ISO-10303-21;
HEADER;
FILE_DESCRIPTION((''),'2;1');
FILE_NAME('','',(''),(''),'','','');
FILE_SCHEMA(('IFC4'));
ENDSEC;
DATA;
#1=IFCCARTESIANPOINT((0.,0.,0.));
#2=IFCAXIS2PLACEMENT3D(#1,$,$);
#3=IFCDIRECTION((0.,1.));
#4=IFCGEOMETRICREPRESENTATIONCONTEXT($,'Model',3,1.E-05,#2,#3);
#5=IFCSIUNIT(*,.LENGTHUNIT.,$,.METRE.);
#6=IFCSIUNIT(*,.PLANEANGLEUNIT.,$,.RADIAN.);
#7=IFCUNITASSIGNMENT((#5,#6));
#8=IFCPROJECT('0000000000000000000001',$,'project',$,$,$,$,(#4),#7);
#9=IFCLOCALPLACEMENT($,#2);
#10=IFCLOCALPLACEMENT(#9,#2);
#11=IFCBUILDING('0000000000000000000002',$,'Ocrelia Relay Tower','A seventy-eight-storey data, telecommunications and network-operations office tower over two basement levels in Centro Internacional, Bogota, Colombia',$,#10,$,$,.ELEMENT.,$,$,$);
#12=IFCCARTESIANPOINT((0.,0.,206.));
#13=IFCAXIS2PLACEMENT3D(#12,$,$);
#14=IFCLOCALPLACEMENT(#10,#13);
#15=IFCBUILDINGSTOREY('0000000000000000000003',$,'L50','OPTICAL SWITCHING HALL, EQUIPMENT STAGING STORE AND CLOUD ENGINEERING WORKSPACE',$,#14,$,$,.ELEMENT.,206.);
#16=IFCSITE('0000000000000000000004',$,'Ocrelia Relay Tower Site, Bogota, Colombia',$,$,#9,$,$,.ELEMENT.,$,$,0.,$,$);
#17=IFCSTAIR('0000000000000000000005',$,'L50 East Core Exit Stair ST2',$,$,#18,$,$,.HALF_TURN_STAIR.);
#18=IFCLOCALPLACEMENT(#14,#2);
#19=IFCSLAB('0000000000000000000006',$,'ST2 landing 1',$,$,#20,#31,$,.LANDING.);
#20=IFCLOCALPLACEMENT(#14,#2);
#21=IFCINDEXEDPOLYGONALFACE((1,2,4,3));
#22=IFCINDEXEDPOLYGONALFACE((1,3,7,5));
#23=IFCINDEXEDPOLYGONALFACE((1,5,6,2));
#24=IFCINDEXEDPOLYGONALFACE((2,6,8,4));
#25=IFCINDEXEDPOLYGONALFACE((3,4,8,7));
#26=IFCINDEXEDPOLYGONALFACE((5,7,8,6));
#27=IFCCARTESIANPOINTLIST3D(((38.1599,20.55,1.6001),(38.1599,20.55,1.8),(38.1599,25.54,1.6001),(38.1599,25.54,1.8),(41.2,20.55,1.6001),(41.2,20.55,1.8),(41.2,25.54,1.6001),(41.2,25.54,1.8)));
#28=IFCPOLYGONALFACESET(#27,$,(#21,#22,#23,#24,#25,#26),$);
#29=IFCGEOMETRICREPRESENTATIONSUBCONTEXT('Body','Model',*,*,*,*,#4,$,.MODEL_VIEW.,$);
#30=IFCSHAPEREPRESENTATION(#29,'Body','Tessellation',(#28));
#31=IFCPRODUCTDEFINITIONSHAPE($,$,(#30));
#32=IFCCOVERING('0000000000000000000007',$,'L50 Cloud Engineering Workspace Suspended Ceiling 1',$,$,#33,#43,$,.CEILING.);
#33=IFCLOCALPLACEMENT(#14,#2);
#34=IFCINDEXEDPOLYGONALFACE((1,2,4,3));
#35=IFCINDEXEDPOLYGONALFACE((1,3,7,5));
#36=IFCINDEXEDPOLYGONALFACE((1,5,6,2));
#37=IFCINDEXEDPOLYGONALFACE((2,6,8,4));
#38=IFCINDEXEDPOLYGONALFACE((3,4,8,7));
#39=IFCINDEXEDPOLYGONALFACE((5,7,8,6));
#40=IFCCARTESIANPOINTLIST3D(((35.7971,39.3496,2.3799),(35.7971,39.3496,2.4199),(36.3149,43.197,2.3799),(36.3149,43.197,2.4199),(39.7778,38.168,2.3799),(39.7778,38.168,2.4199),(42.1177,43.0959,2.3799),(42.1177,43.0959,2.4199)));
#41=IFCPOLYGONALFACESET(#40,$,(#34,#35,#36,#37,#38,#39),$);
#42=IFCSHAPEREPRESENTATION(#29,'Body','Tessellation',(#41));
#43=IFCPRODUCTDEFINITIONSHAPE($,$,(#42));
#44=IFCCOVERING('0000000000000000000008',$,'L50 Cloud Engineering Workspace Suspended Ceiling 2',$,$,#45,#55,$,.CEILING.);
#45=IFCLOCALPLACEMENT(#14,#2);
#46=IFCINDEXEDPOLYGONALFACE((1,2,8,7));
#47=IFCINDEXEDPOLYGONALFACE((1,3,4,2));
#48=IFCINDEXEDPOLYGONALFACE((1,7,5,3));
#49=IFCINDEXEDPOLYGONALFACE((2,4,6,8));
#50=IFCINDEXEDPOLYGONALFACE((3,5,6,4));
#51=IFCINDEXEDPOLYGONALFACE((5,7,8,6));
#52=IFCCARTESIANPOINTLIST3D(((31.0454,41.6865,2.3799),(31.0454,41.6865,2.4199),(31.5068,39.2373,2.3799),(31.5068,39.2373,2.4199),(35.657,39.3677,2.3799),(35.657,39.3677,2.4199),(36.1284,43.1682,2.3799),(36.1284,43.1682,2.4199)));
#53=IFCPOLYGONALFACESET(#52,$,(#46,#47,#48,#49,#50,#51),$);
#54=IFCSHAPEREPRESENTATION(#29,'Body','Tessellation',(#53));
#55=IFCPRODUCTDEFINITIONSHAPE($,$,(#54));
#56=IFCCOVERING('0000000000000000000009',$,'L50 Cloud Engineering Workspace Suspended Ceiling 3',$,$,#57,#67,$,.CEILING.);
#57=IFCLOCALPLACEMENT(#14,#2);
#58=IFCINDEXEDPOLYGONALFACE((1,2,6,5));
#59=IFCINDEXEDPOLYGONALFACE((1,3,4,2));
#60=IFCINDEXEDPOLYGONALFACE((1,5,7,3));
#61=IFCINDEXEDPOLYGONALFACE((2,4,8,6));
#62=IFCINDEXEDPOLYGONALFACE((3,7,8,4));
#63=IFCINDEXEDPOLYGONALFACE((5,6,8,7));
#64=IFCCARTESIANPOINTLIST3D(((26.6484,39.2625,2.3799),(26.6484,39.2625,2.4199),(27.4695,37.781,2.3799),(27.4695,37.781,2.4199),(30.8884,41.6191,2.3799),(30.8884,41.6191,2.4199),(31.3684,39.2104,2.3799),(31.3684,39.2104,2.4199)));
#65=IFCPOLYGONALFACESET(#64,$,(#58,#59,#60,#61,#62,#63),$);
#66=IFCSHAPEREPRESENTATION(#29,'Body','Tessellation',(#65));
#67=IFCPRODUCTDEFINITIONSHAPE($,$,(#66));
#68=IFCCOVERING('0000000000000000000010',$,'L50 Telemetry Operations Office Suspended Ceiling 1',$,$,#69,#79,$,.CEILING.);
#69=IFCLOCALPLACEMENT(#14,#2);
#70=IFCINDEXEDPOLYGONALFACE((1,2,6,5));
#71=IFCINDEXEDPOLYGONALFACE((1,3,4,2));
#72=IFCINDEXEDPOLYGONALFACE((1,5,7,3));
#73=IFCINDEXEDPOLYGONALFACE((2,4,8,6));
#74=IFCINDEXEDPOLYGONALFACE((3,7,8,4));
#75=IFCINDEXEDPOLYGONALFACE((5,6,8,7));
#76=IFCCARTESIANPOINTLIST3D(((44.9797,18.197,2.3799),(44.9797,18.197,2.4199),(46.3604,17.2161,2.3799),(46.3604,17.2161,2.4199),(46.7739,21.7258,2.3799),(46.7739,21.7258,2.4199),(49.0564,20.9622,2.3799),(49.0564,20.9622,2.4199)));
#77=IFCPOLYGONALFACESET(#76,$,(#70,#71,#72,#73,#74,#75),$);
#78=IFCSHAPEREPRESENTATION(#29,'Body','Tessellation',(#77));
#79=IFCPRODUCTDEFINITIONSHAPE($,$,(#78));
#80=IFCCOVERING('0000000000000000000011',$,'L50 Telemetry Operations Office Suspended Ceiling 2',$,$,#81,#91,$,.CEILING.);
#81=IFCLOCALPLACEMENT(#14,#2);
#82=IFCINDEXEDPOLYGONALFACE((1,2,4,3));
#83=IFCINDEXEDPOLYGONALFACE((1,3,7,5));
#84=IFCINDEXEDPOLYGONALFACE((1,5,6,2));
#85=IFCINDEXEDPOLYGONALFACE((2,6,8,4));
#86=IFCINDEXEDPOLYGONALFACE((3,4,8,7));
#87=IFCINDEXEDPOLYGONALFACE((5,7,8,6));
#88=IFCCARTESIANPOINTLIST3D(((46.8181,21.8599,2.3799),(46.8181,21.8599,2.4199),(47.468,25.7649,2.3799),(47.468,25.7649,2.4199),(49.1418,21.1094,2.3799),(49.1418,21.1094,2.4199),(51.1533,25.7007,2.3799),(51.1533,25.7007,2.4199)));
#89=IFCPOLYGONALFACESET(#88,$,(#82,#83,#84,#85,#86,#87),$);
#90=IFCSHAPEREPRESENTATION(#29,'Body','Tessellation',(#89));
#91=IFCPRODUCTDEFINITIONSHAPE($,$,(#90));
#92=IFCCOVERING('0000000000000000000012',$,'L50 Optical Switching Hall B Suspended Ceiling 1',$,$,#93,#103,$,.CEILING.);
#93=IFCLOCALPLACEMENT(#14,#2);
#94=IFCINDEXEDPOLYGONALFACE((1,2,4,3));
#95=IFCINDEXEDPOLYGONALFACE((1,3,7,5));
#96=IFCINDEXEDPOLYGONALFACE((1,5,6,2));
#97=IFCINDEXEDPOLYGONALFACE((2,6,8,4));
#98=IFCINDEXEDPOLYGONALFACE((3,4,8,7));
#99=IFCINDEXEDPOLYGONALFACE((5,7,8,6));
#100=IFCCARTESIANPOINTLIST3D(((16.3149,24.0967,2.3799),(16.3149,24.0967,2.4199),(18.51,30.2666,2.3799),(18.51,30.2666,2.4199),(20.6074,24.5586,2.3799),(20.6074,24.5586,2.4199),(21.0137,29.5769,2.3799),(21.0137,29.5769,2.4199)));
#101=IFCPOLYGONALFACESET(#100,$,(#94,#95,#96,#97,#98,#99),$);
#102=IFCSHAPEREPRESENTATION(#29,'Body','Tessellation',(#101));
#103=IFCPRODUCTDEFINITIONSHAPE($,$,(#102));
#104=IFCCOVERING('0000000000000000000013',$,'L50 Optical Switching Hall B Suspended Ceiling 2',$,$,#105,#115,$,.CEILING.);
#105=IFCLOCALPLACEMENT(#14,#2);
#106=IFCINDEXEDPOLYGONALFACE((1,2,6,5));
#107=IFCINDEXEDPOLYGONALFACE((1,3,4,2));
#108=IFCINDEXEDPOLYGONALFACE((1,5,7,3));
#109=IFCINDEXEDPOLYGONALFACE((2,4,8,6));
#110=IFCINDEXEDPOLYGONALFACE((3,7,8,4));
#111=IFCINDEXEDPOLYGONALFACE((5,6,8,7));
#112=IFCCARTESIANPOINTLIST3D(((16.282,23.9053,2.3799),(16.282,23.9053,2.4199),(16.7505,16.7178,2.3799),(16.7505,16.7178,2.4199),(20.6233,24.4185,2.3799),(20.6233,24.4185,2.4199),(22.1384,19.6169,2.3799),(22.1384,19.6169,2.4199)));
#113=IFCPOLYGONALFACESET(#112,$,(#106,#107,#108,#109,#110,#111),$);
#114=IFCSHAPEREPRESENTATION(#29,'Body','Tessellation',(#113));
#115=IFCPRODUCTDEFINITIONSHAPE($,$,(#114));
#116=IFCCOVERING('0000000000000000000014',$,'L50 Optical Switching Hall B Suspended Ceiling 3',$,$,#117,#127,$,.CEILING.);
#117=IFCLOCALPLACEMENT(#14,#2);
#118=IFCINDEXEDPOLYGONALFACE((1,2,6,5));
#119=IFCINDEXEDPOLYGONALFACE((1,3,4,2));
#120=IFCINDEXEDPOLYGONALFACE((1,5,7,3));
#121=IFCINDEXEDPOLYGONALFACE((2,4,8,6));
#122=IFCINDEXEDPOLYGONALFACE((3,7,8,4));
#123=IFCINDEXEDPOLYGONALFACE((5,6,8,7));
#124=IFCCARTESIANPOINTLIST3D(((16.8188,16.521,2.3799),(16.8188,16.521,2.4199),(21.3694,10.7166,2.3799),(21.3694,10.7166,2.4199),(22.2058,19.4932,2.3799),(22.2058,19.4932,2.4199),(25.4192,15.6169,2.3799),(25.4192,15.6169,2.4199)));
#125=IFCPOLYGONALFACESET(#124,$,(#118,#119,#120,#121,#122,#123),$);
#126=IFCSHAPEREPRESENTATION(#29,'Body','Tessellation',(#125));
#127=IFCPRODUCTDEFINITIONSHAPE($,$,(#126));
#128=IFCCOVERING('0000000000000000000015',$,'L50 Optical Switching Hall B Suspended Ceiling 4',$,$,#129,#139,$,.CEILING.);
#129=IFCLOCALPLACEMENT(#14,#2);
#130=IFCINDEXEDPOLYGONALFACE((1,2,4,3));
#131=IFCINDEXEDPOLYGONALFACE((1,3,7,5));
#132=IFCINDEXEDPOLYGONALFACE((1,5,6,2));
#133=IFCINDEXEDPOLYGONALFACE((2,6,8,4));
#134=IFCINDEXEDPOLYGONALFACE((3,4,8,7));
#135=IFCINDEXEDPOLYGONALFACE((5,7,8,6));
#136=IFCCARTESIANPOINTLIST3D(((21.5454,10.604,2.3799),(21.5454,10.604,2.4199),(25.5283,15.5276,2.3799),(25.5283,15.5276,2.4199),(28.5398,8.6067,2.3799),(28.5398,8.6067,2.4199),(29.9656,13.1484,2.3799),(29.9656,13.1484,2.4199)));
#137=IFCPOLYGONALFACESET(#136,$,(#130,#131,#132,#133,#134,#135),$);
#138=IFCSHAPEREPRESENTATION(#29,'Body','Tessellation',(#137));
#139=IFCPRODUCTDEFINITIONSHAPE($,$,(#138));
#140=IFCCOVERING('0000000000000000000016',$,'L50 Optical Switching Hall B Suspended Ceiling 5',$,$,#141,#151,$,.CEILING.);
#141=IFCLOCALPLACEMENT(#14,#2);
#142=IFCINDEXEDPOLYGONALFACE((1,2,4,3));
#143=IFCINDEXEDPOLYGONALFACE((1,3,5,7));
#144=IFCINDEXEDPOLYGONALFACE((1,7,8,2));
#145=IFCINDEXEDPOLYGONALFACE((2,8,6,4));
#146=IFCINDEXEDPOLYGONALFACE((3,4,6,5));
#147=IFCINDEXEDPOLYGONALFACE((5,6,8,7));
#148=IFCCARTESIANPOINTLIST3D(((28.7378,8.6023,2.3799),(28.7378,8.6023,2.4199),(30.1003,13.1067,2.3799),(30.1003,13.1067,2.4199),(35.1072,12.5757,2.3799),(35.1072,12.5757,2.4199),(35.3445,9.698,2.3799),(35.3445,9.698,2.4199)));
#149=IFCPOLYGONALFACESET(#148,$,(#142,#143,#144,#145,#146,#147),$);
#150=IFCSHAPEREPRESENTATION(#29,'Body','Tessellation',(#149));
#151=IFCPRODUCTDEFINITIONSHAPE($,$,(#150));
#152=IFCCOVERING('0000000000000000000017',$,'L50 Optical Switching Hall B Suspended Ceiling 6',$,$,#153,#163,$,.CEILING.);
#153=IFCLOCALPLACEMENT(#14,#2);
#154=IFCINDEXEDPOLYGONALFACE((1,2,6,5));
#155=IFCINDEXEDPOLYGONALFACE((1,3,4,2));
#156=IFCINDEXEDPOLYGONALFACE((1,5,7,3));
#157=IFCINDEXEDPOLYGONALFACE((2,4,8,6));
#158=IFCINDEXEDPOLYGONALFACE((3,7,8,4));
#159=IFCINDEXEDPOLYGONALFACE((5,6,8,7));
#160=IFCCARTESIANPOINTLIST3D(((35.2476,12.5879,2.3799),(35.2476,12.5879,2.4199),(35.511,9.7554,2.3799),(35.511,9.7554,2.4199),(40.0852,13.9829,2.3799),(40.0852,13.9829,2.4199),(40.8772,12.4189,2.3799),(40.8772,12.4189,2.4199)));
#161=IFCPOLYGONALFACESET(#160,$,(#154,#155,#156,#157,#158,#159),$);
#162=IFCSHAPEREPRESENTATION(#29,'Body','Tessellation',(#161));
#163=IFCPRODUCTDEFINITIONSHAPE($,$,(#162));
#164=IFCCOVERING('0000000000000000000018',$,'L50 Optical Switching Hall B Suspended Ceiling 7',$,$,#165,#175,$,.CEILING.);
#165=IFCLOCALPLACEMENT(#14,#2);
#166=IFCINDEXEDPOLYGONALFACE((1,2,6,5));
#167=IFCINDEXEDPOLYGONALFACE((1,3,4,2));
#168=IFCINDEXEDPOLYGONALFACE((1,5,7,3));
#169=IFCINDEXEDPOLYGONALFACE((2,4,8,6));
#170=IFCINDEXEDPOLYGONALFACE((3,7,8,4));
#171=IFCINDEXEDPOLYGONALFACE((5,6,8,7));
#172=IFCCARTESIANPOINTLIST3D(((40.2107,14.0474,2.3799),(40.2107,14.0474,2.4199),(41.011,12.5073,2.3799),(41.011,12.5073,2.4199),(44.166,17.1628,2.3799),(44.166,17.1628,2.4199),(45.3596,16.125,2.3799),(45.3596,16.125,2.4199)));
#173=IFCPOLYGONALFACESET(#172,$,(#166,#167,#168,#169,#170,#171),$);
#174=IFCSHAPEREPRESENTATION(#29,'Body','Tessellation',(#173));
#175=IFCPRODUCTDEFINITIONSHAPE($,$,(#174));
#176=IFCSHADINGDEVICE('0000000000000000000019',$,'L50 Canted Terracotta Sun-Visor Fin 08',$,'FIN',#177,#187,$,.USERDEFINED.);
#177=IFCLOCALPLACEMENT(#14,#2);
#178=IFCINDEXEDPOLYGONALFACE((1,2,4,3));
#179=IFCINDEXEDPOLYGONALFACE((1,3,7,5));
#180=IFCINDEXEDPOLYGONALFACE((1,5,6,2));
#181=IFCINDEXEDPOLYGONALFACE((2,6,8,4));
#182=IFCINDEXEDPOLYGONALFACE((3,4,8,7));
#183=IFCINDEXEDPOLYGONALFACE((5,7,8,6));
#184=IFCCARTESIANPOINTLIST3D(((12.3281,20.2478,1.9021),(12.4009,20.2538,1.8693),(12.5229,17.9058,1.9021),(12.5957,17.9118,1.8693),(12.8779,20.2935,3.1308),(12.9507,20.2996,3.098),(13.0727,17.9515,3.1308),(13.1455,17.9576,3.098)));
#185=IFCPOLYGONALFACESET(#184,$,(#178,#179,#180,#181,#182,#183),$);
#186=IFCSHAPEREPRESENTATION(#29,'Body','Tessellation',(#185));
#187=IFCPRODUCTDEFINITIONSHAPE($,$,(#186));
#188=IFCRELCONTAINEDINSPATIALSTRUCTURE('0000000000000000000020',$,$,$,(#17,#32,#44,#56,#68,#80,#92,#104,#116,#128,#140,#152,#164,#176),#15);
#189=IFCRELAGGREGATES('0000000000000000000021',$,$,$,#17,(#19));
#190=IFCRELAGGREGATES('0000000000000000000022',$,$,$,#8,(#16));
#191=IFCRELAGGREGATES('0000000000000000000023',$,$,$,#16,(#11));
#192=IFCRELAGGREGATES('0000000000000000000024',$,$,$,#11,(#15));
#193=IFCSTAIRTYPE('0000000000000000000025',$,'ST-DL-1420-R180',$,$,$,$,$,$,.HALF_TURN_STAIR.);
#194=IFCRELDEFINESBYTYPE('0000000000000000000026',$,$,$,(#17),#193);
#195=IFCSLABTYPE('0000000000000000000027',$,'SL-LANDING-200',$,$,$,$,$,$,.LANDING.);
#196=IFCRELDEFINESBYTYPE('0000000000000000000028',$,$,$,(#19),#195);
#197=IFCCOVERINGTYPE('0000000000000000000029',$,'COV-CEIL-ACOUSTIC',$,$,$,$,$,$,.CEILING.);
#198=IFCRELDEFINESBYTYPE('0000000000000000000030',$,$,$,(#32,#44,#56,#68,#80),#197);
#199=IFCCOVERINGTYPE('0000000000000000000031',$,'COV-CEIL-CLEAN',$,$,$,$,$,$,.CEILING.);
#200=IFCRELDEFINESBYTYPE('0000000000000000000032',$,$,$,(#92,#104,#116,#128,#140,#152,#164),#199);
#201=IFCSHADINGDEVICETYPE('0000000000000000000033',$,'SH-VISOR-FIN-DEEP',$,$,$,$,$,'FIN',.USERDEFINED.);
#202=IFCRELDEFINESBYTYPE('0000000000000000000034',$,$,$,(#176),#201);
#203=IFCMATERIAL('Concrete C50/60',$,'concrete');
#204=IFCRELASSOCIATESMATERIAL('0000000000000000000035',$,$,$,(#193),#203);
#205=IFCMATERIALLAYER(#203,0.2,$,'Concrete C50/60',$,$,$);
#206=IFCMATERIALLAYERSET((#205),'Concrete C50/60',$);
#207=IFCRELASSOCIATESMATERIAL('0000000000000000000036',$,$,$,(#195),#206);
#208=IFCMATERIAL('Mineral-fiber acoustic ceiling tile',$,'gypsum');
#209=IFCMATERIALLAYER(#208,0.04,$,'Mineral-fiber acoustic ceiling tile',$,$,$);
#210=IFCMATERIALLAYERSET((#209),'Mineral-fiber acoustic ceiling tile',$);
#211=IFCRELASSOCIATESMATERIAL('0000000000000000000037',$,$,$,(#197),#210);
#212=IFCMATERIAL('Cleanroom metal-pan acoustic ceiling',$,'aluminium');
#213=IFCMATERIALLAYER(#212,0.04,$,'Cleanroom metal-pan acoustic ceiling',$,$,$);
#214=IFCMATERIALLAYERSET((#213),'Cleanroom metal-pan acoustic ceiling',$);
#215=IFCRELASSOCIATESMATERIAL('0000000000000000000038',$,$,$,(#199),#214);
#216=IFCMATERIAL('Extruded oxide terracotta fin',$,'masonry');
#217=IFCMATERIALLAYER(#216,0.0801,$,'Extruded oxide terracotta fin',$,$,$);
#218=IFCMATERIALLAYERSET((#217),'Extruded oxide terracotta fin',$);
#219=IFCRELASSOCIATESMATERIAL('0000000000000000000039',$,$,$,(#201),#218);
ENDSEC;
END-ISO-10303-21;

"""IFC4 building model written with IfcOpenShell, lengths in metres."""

from ifc_helpers import new_model, si_unit, direction, frame, origin, origin_2d, place, context, subcontext, project, spatial, polyline, rectangle, outline, extrude, material, layer, layer_set, type_object, element, aggregate, save


model = new_model("IFC4")

# Units and contexts
model_context = context("Model", 3, precision=1e-05, world=origin(), true_north=direction((0.0, 1.0)))
body_context = subcontext(model_context, "Body", "Model", "MODEL_VIEW")
ifc_project = project(units=[si_unit("LENGTHUNIT", "METRE"), si_unit("PLANEANGLEUNIT", "RADIAN")], contexts=[model_context])

# Site, building, storey
site_placement = place(None, origin())
site = spatial("IfcSite", under=ifc_project, at=site_placement, Name="Ocrelia Relay Tower Site, Bogota, Colombia", CompositionType="ELEMENT", RefElevation=0.0)
building_placement = place(site_placement, origin())
building = spatial("IfcBuilding", under=site, at=building_placement, Name="Ocrelia Relay Tower", Description="A seventy-eight-storey data, telecommunications and network-operations office tower over two basement levels in Centro Internacional, Bogota, Colombia", CompositionType="ELEMENT")
storey_placement = place(building_placement, frame((0.0, 0.0, 206.0)))
storey = spatial("IfcBuildingStorey", under=building, at=storey_placement, Name="L50", Description="OPTICAL SWITCHING HALL, EQUIPMENT STAGING STORE AND CLOUD ENGINEERING WORKSPACE", CompositionType="ELEMENT", Elevation=206.0)

# Shared definitions
ifc_material_1 = material(Name="Concrete C50/60", Category="concrete")

# Stair, slab
stair_type = type_object("IfcStairType", Name="ST-DL-1420-R180", PredefinedType="HALF_TURN_STAIR", material=ifc_material_1)
ifc_layer_1 = layer(ifc_material_1, 0.2, Name="Concrete C50/60")
ifc_layer_set_1 = layer_set([ifc_layer_1], Name="Concrete C50/60")
slab_type_1 = type_object("IfcSlabType", Name="SL-LANDING-200", PredefinedType="LANDING", material=ifc_layer_set_1)
stair_1_placement = place(storey_placement, origin())
stair_1 = element("IfcStair", 1, at=stair_1_placement, inside=storey, type_object=stair_type, Name="L50 East Core Exit Stair ST2", PredefinedType="HALF_TURN_STAIR")
slab_1_placement = place(storey_placement, frame((0.0, 0.0, 1.6001)))
slab_1 = element("IfcSlab", 2, at=slab_1_placement, type_object=slab_type_1, Name="ST2 landing 1", PredefinedType="LANDING", context=body_context, shape_type="SweptSolid", body=[
    extrude(outline(polyline([(38.1599, 25.54), (38.1599, 20.55), (41.2, 20.55), (41.2, 25.54), (38.1599, 25.54)])), origin(), (0.0, 0.0, 1.0), 0.2),
])
aggregate(stair_1, [slab_1])

# Coverings
ifc_material_2 = material(Name="Mineral-fiber acoustic ceiling tile", Category="gypsum")
ifc_layer_2 = layer(ifc_material_2, 0.04, Name="Mineral-fiber acoustic ceiling tile")
ifc_layer_set_2 = layer_set([ifc_layer_2], Name="Mineral-fiber acoustic ceiling tile")
covering_type_1 = type_object("IfcCoveringType", Name="COV-CEIL-ACOUSTIC", PredefinedType="CEILING", material=ifc_layer_set_2)
covering_1_placement = place(storey_placement, frame((0.0, 0.0, 2.3799)))
element("IfcCovering", 3, at=covering_1_placement, inside=storey, type_object=covering_type_1, Name="L50 Cloud Engineering Workspace Suspended Ceiling 1", PredefinedType="CEILING", context=body_context, shape_type="SweptSolid", body=[
    extrude(outline(polyline([(39.7778, 38.168), (42.1177, 43.0959), (36.3149, 43.197), (35.7971, 39.3496), (39.7778, 38.168)])), origin(), (0.0, 0.0, 1.0), 0.04),
])
covering_2_placement = place(storey_placement, frame((0.0, 0.0, 2.3799)))
element("IfcCovering", 4, at=covering_2_placement, inside=storey, type_object=covering_type_1, Name="L50 Cloud Engineering Workspace Suspended Ceiling 2", PredefinedType="CEILING", context=body_context, shape_type="SweptSolid", body=[
    extrude(outline(polyline([(35.657, 39.3677), (36.1284, 43.1682), (31.0454, 41.6865), (31.5068, 39.2373), (35.657, 39.3677)])), origin(), (0.0, 0.0, 1.0), 0.04),
])
covering_3_placement = place(storey_placement, frame((0.0, 0.0, 2.3799)))
element("IfcCovering", 5, at=covering_3_placement, inside=storey, type_object=covering_type_1, Name="L50 Cloud Engineering Workspace Suspended Ceiling 3", PredefinedType="CEILING", context=body_context, shape_type="SweptSolid", body=[
    extrude(outline(polyline([(31.3684, 39.2104), (30.8884, 41.6191), (26.6484, 39.2625), (27.4695, 37.781), (31.3684, 39.2104)])), origin(), (0.0, 0.0, 1.0), 0.04),
])
covering_4_placement = place(storey_placement, frame((0.0, 0.0, 2.3799)))
element("IfcCovering", 6, at=covering_4_placement, inside=storey, type_object=covering_type_1, Name="L50 Telemetry Operations Office Suspended Ceiling 1", PredefinedType="CEILING", context=body_context, shape_type="SweptSolid", body=[
    extrude(outline(polyline([(44.9797, 18.197), (46.3604, 17.2161), (49.0564, 20.9622), (46.7739, 21.7258), (44.9797, 18.197)])), origin(), (0.0, 0.0, 1.0), 0.04),
])
covering_5_placement = place(storey_placement, frame((0.0, 0.0, 2.3799)))
element("IfcCovering", 7, at=covering_5_placement, inside=storey, type_object=covering_type_1, Name="L50 Telemetry Operations Office Suspended Ceiling 2", PredefinedType="CEILING", context=body_context, shape_type="SweptSolid", body=[
    extrude(outline(polyline([(46.8181, 21.8599), (49.1418, 21.1094), (51.1533, 25.7007), (47.468, 25.7649), (46.8181, 21.8599)])), origin(), (0.0, 0.0, 1.0), 0.04),
])
ifc_material_3 = material(Name="Cleanroom metal-pan acoustic ceiling", Category="aluminium")
ifc_layer_3 = layer(ifc_material_3, 0.04, Name="Cleanroom metal-pan acoustic ceiling")
ifc_layer_set_3 = layer_set([ifc_layer_3], Name="Cleanroom metal-pan acoustic ceiling")
covering_type_2 = type_object("IfcCoveringType", Name="COV-CEIL-CLEAN", PredefinedType="CEILING", material=ifc_layer_set_3)
covering_6_placement = place(storey_placement, frame((0.0, 0.0, 2.3799)))
element("IfcCovering", 8, at=covering_6_placement, inside=storey, type_object=covering_type_2, Name="L50 Optical Switching Hall B Suspended Ceiling 1", PredefinedType="CEILING", context=body_context, shape_type="SweptSolid", body=[
    extrude(outline(polyline([(21.0137, 29.5769), (18.51, 30.2666), (16.3149, 24.0967), (20.6074, 24.5586), (21.0137, 29.5769)])), origin(), (0.0, 0.0, 1.0), 0.04),
])
covering_7_placement = place(storey_placement, frame((0.0, 0.0, 2.3799)))
element("IfcCovering", 9, at=covering_7_placement, inside=storey, type_object=covering_type_2, Name="L50 Optical Switching Hall B Suspended Ceiling 2", PredefinedType="CEILING", context=body_context, shape_type="SweptSolid", body=[
    extrude(outline(polyline([(20.6233, 24.4185), (16.282, 23.9053), (16.7505, 16.7178), (22.1384, 19.6169), (20.6233, 24.4185)])), origin(), (0.0, 0.0, 1.0), 0.04),
])
covering_8_placement = place(storey_placement, frame((0.0, 0.0, 2.3799)))
element("IfcCovering", 10, at=covering_8_placement, inside=storey, type_object=covering_type_2, Name="L50 Optical Switching Hall B Suspended Ceiling 3", PredefinedType="CEILING", context=body_context, shape_type="SweptSolid", body=[
    extrude(outline(polyline([(22.2058, 19.4932), (16.8188, 16.521), (21.3694, 10.7166), (25.4192, 15.6169), (22.2058, 19.4932)])), origin(), (0.0, 0.0, 1.0), 0.04),
])
covering_9_placement = place(storey_placement, frame((0.0, 0.0, 2.3799)))
element("IfcCovering", 11, at=covering_9_placement, inside=storey, type_object=covering_type_2, Name="L50 Optical Switching Hall B Suspended Ceiling 4", PredefinedType="CEILING", context=body_context, shape_type="SweptSolid", body=[
    extrude(outline(polyline([(25.5283, 15.5276), (21.5454, 10.604), (28.5398, 8.6067), (29.9656, 13.1484), (25.5283, 15.5276)])), origin(), (0.0, 0.0, 1.0), 0.04),
])
covering_10_placement = place(storey_placement, frame((0.0, 0.0, 2.3799)))
element("IfcCovering", 12, at=covering_10_placement, inside=storey, type_object=covering_type_2, Name="L50 Optical Switching Hall B Suspended Ceiling 5", PredefinedType="CEILING", context=body_context, shape_type="SweptSolid", body=[
    extrude(outline(polyline([(30.1003, 13.1067), (28.7378, 8.6023), (35.3445, 9.698), (35.1072, 12.5757), (30.1003, 13.1067)])), origin(), (0.0, 0.0, 1.0), 0.04),
])
covering_11_placement = place(storey_placement, frame((0.0, 0.0, 2.3799)))
element("IfcCovering", 13, at=covering_11_placement, inside=storey, type_object=covering_type_2, Name="L50 Optical Switching Hall B Suspended Ceiling 6", PredefinedType="CEILING", context=body_context, shape_type="SweptSolid", body=[
    extrude(outline(polyline([(35.2476, 12.5879), (35.511, 9.7554), (40.8772, 12.4189), (40.0852, 13.9829), (35.2476, 12.5879)])), origin(), (0.0, 0.0, 1.0), 0.04),
])
covering_12_placement = place(storey_placement, frame((0.0, 0.0, 2.3799)))
element("IfcCovering", 14, at=covering_12_placement, inside=storey, type_object=covering_type_2, Name="L50 Optical Switching Hall B Suspended Ceiling 7", PredefinedType="CEILING", context=body_context, shape_type="SweptSolid", body=[
    extrude(outline(polyline([(40.2107, 14.0474), (41.011, 12.5073), (45.3596, 16.125), (44.166, 17.1628), (40.2107, 14.0474)])), origin(), (0.0, 0.0, 1.0), 0.04),
])

# Shading device
ifc_material_4 = material(Name="Extruded oxide terracotta fin", Category="masonry")
ifc_layer_4 = layer(ifc_material_4, 0.0801, Name="Extruded oxide terracotta fin")
ifc_layer_set_4 = layer_set([ifc_layer_4], Name="Extruded oxide terracotta fin")
shading_device_type = type_object("IfcShadingDeviceType", Name="SH-VISOR-FIN-DEEP", ElementType="FIN", PredefinedType="USERDEFINED", material=ifc_layer_set_4)
shading_device_1_placement = place(storey_placement, frame((12.7732, 19.1057, 2.4836), z_axis=(-0.909121, -0.075645, 0.409605), x_axis=(0.08292, -0.996556, 0.0)))
element("IfcShadingDevice", 15, at=shading_device_1_placement, inside=storey, type_object=shading_device_type, Name="L50 Canted Terracotta Sun-Visor Fin 08", ObjectType="FIN", PredefinedType="USERDEFINED", context=body_context, shape_type="SweptSolid", body=[
    extrude(rectangle(XDim=2.3501, YDim=1.3469, at=origin_2d()), origin(), (0.0, 0.0, 1.0), 0.0801),
])

save(model, "model.ifc")
